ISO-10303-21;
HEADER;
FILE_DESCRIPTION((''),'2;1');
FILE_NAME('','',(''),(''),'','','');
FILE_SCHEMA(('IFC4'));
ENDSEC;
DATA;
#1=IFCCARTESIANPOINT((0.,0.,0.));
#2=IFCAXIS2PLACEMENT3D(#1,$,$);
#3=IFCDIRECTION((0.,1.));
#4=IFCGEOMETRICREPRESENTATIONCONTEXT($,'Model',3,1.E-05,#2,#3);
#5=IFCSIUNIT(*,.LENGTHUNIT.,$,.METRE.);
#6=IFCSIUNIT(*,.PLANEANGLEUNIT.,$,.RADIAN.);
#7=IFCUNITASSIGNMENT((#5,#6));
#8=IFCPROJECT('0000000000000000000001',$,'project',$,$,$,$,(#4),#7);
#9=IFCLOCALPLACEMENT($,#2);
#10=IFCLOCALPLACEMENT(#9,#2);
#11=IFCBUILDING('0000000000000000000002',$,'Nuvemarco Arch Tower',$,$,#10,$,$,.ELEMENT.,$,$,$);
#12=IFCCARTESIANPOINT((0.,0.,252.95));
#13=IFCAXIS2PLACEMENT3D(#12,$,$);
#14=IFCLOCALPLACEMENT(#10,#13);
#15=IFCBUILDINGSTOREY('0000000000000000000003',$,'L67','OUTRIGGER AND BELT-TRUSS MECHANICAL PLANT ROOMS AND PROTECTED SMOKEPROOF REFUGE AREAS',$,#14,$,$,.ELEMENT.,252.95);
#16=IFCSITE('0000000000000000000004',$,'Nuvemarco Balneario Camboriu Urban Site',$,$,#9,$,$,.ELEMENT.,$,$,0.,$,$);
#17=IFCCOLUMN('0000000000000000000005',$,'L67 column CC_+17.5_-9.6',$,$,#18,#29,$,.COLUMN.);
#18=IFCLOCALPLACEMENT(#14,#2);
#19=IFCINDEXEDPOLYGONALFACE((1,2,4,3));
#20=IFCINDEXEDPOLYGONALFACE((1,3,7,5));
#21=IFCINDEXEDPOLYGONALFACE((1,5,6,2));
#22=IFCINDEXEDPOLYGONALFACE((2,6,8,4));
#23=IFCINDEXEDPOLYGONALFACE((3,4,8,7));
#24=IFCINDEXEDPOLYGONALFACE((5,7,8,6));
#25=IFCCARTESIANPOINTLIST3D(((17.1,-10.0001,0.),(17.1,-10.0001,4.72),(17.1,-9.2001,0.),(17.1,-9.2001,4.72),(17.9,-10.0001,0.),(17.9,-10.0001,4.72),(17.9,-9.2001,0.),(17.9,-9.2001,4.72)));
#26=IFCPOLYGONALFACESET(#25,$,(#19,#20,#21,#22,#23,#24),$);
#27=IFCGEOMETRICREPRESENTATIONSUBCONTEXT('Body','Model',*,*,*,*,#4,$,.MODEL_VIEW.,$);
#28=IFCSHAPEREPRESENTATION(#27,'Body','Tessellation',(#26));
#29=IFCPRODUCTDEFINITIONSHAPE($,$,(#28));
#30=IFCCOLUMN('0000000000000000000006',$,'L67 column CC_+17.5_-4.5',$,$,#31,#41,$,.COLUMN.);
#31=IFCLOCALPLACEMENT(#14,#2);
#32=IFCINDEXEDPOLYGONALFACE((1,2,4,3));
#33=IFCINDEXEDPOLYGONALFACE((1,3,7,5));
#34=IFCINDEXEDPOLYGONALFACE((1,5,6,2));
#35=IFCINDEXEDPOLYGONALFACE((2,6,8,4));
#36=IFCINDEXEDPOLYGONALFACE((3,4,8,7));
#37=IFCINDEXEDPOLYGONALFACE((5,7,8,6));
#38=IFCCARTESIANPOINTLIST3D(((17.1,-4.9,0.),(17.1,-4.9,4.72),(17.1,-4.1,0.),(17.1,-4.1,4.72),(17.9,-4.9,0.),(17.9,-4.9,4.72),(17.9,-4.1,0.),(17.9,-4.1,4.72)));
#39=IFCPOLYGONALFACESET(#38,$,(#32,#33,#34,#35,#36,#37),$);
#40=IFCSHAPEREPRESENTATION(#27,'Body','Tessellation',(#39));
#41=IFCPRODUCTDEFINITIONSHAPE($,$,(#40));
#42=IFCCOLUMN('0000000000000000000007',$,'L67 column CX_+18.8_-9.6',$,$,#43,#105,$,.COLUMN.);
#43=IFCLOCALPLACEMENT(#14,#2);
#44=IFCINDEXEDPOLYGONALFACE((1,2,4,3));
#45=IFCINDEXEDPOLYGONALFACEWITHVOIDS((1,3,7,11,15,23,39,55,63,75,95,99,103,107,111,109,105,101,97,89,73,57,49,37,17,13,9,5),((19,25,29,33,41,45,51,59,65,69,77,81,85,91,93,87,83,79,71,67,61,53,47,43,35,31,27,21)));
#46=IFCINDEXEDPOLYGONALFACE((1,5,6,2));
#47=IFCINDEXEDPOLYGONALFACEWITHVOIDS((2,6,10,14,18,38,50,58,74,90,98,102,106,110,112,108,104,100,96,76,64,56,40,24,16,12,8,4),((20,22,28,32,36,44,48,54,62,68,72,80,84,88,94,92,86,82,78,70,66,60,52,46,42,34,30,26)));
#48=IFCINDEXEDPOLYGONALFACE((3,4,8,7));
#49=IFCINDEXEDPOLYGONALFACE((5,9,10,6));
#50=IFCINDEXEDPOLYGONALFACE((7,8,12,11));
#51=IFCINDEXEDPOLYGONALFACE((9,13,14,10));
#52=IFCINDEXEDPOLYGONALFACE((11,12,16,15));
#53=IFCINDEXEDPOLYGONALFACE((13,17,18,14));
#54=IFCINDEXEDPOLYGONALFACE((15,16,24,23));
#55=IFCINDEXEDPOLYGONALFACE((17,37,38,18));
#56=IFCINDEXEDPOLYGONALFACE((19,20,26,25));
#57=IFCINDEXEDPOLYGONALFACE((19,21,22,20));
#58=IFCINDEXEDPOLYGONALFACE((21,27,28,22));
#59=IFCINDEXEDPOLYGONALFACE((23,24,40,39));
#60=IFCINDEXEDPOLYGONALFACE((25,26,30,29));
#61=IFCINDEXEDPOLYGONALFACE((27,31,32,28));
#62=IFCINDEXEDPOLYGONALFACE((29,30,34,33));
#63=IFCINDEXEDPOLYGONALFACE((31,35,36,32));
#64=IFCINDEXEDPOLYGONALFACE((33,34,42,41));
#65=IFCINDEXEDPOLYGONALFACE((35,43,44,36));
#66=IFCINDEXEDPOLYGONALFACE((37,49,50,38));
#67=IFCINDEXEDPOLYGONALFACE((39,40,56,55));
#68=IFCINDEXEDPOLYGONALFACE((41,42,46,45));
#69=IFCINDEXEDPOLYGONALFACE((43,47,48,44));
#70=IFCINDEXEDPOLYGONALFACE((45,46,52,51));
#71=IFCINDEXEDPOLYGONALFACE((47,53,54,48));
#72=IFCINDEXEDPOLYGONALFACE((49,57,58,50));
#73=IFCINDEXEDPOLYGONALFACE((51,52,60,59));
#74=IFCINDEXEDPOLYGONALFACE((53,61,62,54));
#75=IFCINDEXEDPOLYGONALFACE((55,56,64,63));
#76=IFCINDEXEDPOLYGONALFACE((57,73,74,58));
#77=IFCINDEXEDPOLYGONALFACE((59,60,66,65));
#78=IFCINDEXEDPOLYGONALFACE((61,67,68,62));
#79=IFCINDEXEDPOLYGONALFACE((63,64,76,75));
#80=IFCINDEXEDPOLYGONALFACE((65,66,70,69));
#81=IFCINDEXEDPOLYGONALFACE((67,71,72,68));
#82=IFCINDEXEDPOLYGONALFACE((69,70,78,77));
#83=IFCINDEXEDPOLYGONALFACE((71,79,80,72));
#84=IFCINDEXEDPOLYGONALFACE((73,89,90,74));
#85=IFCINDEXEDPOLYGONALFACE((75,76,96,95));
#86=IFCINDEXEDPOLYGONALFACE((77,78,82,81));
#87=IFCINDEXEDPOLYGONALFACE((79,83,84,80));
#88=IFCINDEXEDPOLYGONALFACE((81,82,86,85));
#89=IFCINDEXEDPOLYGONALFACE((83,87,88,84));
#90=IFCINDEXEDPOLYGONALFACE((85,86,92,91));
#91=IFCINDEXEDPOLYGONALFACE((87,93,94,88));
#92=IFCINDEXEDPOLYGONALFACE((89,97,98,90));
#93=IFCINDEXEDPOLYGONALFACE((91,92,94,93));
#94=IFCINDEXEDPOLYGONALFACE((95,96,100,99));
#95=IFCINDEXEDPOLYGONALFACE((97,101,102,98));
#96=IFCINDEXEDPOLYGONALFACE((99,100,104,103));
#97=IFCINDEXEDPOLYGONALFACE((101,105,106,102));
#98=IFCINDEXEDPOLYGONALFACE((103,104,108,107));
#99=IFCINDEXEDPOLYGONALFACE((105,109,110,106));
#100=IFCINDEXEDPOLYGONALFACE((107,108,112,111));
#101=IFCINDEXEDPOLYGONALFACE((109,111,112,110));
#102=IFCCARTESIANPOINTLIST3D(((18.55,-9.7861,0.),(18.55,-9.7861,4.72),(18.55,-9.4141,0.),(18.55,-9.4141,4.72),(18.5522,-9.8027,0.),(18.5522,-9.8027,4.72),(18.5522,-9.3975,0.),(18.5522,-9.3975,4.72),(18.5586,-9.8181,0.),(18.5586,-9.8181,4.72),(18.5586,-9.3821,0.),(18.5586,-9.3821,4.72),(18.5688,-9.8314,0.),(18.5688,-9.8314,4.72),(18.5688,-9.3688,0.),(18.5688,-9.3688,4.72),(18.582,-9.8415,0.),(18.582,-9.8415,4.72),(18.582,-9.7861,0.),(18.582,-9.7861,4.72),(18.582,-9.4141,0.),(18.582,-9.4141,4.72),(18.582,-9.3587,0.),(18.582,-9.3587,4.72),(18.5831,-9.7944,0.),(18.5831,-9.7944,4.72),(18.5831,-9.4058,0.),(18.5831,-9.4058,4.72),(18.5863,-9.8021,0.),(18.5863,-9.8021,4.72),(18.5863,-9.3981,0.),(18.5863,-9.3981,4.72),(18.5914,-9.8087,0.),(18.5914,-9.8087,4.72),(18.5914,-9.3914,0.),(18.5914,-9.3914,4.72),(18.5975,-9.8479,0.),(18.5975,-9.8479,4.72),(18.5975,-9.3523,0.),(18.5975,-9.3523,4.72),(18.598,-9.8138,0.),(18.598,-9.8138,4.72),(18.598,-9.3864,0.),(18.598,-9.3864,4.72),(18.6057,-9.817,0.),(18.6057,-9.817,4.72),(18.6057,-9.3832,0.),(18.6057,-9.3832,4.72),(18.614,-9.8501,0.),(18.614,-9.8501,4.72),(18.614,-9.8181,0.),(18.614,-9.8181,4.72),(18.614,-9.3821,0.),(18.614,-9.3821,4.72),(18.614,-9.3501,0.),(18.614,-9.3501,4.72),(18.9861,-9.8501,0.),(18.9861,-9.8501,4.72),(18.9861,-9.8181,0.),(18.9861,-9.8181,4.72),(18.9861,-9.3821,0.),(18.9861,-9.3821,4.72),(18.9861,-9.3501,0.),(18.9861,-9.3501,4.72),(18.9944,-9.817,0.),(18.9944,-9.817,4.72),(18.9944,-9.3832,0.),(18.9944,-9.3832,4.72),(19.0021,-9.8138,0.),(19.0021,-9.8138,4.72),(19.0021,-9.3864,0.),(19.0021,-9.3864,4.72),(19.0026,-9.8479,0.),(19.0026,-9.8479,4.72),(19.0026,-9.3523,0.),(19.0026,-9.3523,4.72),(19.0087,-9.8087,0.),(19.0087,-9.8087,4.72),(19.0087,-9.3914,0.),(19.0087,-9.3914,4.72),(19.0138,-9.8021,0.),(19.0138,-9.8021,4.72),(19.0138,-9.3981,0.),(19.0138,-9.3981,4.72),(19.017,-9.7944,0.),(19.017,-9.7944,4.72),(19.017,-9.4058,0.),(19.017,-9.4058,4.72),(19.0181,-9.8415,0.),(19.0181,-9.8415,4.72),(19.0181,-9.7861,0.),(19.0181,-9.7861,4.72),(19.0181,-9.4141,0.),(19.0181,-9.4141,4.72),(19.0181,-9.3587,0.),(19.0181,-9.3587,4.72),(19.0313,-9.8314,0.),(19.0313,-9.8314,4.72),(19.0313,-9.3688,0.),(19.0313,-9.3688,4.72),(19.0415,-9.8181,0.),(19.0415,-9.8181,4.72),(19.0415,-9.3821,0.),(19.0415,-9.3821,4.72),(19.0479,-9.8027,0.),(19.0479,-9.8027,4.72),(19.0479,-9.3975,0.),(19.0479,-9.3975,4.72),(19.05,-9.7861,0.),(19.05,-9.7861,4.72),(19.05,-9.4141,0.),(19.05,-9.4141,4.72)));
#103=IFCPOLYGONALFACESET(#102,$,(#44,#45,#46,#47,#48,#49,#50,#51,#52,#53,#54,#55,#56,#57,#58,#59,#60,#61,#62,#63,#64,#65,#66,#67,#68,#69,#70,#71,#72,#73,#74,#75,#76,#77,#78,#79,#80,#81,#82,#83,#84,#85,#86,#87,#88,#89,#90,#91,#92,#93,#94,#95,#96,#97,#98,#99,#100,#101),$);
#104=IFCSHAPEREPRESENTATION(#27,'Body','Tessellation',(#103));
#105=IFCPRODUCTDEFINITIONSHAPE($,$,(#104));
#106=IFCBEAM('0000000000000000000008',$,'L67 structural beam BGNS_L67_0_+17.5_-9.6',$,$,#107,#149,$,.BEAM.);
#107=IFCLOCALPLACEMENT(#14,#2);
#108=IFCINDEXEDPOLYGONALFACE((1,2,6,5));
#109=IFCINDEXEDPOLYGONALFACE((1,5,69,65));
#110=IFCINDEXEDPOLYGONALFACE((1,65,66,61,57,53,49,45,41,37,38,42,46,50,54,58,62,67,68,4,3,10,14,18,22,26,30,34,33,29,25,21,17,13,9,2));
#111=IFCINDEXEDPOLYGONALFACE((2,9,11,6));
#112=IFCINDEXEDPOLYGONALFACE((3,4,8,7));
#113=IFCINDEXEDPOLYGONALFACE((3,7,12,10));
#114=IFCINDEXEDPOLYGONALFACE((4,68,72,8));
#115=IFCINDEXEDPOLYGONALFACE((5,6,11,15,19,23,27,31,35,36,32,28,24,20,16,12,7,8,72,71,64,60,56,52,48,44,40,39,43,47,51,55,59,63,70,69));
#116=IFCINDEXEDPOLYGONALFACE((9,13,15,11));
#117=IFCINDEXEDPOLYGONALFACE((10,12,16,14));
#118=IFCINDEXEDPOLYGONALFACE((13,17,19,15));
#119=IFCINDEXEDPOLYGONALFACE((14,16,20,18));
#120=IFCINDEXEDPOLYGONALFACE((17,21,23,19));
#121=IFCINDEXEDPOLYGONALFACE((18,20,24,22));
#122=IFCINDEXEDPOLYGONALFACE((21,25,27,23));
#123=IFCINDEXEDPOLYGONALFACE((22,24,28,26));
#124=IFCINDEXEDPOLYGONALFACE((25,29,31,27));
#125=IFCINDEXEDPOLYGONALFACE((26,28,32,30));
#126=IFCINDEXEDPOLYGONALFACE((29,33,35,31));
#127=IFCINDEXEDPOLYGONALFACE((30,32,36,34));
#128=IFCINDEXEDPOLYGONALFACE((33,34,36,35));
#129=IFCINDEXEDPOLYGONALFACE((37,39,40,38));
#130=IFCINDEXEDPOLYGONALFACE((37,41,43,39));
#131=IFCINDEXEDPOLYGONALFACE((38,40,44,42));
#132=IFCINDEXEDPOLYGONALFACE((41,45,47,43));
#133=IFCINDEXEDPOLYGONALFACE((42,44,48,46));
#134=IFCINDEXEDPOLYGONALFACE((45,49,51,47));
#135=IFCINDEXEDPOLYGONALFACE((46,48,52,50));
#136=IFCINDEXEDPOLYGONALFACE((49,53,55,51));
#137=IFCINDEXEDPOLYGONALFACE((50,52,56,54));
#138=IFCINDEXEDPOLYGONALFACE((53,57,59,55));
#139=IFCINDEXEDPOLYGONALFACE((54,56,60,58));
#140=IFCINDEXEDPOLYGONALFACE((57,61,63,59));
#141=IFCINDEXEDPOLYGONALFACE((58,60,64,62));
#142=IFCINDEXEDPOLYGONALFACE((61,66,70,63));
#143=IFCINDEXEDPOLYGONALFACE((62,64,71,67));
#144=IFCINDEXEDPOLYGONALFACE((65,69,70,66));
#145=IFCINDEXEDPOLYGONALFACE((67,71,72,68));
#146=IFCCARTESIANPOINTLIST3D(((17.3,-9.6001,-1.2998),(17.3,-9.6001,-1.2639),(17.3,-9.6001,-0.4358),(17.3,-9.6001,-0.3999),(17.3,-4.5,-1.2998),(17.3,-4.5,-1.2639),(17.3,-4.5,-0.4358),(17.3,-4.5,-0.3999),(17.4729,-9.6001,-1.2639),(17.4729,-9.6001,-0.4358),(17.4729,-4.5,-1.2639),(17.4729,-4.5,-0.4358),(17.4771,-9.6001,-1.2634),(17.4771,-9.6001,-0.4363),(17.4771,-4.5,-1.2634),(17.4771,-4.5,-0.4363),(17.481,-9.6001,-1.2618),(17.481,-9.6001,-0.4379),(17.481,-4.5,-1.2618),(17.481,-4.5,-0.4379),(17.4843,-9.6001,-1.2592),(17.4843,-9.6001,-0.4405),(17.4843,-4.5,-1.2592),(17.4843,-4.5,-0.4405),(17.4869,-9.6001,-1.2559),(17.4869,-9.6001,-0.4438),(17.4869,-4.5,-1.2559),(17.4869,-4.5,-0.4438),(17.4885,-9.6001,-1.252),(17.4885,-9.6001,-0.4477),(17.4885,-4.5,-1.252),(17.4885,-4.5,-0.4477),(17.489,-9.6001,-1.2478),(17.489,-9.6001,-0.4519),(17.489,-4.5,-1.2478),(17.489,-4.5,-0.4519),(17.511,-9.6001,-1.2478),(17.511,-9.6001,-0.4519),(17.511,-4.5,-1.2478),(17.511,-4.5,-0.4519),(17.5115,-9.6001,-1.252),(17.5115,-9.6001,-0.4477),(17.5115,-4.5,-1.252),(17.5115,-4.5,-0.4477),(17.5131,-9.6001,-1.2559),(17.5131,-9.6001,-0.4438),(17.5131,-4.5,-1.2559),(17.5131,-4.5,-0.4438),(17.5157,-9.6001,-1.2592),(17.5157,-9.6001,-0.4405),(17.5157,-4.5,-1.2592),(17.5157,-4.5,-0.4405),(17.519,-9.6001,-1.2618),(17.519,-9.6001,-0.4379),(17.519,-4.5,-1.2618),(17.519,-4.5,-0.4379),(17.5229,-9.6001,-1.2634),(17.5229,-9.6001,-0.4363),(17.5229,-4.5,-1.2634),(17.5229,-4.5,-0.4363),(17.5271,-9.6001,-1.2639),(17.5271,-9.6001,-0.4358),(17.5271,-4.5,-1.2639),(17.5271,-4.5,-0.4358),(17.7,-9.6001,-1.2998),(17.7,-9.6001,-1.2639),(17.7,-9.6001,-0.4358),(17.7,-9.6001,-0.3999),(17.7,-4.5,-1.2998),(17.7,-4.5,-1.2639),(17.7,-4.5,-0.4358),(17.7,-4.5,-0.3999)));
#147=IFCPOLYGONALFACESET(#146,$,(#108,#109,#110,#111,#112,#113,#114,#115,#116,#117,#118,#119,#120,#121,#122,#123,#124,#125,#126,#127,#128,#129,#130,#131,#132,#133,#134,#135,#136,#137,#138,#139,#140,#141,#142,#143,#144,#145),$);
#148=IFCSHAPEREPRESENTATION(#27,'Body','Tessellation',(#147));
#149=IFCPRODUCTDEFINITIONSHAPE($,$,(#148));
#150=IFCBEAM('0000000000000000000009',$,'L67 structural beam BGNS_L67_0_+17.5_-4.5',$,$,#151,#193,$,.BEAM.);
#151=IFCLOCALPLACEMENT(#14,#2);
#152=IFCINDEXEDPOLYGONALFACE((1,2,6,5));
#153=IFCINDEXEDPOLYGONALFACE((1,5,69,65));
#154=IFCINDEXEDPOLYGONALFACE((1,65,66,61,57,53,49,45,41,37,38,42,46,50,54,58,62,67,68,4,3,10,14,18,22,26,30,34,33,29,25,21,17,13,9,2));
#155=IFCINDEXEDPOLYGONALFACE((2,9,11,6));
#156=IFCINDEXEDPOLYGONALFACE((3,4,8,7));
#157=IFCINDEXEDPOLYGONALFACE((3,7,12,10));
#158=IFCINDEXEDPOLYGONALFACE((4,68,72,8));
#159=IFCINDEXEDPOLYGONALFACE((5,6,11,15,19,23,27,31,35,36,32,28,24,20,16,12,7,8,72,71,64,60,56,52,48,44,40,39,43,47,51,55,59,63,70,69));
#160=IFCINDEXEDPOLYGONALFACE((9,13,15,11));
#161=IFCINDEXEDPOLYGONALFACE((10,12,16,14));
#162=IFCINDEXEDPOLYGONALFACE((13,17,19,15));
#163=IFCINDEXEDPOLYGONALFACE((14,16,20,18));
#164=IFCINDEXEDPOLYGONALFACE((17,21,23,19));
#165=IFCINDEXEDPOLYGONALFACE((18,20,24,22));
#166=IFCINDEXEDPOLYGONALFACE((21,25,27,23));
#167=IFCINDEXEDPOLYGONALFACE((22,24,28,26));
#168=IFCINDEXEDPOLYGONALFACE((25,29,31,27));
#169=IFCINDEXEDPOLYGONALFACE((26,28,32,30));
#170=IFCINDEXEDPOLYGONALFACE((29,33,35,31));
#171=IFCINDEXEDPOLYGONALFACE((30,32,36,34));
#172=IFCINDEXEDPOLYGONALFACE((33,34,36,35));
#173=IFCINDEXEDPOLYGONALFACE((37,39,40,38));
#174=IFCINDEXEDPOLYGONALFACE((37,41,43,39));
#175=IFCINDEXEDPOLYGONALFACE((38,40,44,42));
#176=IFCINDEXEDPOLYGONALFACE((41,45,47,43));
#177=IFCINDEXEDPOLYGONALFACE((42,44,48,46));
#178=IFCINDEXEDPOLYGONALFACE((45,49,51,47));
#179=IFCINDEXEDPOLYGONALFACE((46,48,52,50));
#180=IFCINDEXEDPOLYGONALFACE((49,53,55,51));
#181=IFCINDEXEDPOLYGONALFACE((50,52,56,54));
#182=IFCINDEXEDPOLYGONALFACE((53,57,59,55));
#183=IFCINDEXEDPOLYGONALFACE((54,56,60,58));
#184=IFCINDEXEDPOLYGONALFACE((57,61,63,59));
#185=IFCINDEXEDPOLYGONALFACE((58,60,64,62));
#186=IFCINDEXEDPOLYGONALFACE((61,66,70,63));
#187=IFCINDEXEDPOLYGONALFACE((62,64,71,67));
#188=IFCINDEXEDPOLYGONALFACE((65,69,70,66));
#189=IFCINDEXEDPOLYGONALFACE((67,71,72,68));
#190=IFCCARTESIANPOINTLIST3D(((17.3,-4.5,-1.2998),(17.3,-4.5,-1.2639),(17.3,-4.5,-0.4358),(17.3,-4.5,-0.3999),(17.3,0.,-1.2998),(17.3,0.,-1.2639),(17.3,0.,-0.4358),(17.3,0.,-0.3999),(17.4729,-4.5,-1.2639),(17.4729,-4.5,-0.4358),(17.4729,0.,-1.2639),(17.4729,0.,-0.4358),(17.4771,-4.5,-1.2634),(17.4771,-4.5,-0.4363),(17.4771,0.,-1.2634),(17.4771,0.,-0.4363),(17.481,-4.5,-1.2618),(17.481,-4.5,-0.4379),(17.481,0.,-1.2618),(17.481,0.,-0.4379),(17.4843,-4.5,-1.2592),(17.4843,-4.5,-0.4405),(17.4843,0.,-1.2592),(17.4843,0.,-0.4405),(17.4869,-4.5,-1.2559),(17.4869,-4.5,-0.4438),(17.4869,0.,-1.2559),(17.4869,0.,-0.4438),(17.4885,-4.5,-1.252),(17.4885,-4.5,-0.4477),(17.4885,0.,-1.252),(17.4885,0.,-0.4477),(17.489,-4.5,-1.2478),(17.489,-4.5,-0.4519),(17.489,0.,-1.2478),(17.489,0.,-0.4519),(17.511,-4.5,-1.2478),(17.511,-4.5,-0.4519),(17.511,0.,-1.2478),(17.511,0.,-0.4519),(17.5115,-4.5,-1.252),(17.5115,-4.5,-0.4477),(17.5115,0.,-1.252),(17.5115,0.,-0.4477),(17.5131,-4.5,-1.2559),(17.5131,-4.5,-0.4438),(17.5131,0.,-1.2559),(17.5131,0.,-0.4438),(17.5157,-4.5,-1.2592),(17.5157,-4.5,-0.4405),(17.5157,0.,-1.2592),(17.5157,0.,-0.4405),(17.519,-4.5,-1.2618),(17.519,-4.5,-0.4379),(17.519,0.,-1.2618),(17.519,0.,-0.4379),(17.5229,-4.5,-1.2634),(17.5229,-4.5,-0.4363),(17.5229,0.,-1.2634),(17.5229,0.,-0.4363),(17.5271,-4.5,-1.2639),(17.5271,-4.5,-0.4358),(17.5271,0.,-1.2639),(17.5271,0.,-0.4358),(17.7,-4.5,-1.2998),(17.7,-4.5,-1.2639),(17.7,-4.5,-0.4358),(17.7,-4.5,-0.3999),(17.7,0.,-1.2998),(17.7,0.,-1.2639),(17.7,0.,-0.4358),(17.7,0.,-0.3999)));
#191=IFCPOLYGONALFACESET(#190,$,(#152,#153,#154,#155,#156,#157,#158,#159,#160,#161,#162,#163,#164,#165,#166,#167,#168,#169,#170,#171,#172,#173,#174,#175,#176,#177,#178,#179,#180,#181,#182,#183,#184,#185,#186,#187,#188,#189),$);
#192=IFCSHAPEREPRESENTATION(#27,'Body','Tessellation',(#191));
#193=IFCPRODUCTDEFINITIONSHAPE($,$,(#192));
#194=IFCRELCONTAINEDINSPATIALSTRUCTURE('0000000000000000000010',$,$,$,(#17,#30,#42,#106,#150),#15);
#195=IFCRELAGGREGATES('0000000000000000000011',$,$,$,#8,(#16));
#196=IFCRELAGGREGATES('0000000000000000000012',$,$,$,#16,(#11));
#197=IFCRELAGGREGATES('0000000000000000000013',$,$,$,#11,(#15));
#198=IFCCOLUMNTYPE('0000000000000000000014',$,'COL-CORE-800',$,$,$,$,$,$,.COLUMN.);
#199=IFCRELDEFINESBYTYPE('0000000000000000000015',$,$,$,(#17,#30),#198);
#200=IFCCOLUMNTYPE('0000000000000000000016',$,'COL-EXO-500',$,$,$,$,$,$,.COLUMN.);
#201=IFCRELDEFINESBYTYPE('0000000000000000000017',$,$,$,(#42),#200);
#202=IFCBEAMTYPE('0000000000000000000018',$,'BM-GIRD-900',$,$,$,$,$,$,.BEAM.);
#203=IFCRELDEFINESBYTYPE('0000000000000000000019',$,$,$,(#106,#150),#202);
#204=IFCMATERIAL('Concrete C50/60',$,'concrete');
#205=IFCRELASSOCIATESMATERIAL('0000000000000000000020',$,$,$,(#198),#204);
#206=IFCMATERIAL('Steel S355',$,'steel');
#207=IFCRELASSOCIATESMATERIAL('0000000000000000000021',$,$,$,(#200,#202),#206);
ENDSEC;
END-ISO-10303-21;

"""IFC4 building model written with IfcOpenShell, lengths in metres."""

from ifc_helpers import new_model, si_unit, direction, frame, origin, origin_2d, place, context, subcontext, project, spatial, rectangle, hollow_rectangle, i_section, extrude, material, material_profile, profile_set, type_object, element, save


model = new_model("IFC4")

# Units and contexts
model_context = context("Model", 3, precision=1e-05, world=origin(), true_north=direction((0.0, 1.0)))
body_context = subcontext(model_context, "Body", "Model", "MODEL_VIEW")
ifc_project = project(units=[si_unit("LENGTHUNIT", "METRE"), si_unit("PLANEANGLEUNIT", "RADIAN")], contexts=[model_context])

# Site, building, storey
site_placement = place(None, origin())
site = spatial("IfcSite", under=ifc_project, at=site_placement, Name="Nuvemarco Balneario Camboriu Urban Site", CompositionType="ELEMENT", RefElevation=0.0)
building_placement = place(site_placement, origin())
building = spatial("IfcBuilding", under=site, at=building_placement, Name="Nuvemarco Arch Tower", CompositionType="ELEMENT")
storey_placement = place(building_placement, frame((0.0, 0.0, 252.95)))
storey = spatial("IfcBuildingStorey", under=building, at=storey_placement, Name="L67", Description="OUTRIGGER AND BELT-TRUSS MECHANICAL PLANT ROOMS AND PROTECTED SMOKEPROOF REFUGE AREAS", CompositionType="ELEMENT", Elevation=252.95)

# Columns
ifc_material_1 = material(Name="Concrete C50/60", Category="concrete")
ifc_material_profile_1 = material_profile(ifc_material_1, rectangle(XDim=0.8, YDim=0.8, at=origin_2d()), Name="RC-COL-800x800")
ifc_profile_set_1 = profile_set([ifc_material_profile_1], Name="Concrete C50/60")
column_type_1 = type_object("IfcColumnType", Name="COL-CORE-800", PredefinedType="COLUMN", material=ifc_profile_set_1)
for number, where, z_axis, x_axis, name in (
    (1, (17.5, -9.6001, 0.0), (0.0, 0.0, 1.0), (1.0, 0.0, 0.0), "L67 column CC_+17.5_-9.6"),
    (2, (17.5, -4.5, 0.0), (0.0, 0.0, 1.0), (1.0, 0.0, 0.0), "L67 column CC_+17.5_-4.5"),
):
    element("IfcColumn", number, at=place(storey_placement, frame(where, z_axis=z_axis, x_axis=x_axis)), inside=storey, type_object=column_type_1, Name=name, PredefinedType="COLUMN", context=body_context, shape_type="SweptSolid", body=[
        extrude(rectangle(XDim=0.8, YDim=0.8, at=origin_2d()), origin(), (0.0, 0.0, 1.0), 4.72),
    ])
ifc_material_2 = material(Name="Steel S355", Category="steel")
ifc_material_profile_2 = material_profile(ifc_material_2, hollow_rectangle(XDim=0.5, YDim=0.5, WallThickness=0.032, InnerFilletRadius=0.032, OuterFilletRadius=0.064, at=origin_2d()), Name="SHS500x500x32")
ifc_profile_set_2 = profile_set([ifc_material_profile_2], Name="Steel S355")
column_type_2 = type_object("IfcColumnType", Name="COL-EXO-500", PredefinedType="COLUMN", material=ifc_profile_set_2)
column_placement = place(storey_placement, frame((18.8, -9.6001, 0.0), z_axis=(0.0, 0.0, 1.0), x_axis=(1.0, 0.0, 0.0)))
element("IfcColumn", 3, at=column_placement, inside=storey, type_object=column_type_2, Name="L67 column CX_+18.8_-9.6", PredefinedType="COLUMN", context=body_context, shape_type="SweptSolid", body=[
    extrude(hollow_rectangle(XDim=0.5, YDim=0.5, WallThickness=0.032, InnerFilletRadius=0.032, OuterFilletRadius=0.064, at=origin_2d()), origin(), (0.0, 0.0, 1.0), 4.72),
])

# Beams
ifc_material_profile_3 = material_profile(ifc_material_2, i_section(OverallWidth=0.3999, OverallDepth=0.8999, WebThickness=0.022, FlangeThickness=0.0359, FilletRadius=0.0161, at=origin_2d()), Name="PG900x400")
ifc_profile_set_3 = profile_set([ifc_material_profile_3], Name="Steel S355")
beam_type_1 = type_object("IfcBeamType", Name="BM-GIRD-900", PredefinedType="BEAM", material=ifc_profile_set_3)
beam_1_placement = place(storey_placement, frame((17.5, -9.6001, -0.8499), z_axis=(0.0, 1.0, 0.0), x_axis=(-1.0, 0.0, 0.0)))
element("IfcBeam", 4, at=beam_1_placement, inside=storey, type_object=beam_type_1, Name="L67 structural beam BGNS_L67_0_+17.5_-9.6", PredefinedType="BEAM", context=body_context, shape_type="SweptSolid", body=[
    extrude(i_section(OverallWidth=0.3999, OverallDepth=0.8999, WebThickness=0.022, FlangeThickness=0.0359, FilletRadius=0.0161, at=origin_2d()), origin(), (0.0, 0.0, 1.0), 5.1001),
])
beam_2_placement = place(storey_placement, frame((17.5, -4.5, -0.8499), z_axis=(0.0, 1.0, 0.0), x_axis=(-1.0, 0.0, 0.0)))
element("IfcBeam", 5, at=beam_2_placement, inside=storey, type_object=beam_type_1, Name="L67 structural beam BGNS_L67_0_+17.5_-4.5", PredefinedType="BEAM", context=body_context, shape_type="SweptSolid", body=[
    extrude(i_section(OverallWidth=0.3999, OverallDepth=0.8999, WebThickness=0.022, FlangeThickness=0.0359, FilletRadius=0.0161, at=origin_2d()), origin(), (0.0, 0.0, 1.0), 4.5),
])

save(model, "model.ifc")
